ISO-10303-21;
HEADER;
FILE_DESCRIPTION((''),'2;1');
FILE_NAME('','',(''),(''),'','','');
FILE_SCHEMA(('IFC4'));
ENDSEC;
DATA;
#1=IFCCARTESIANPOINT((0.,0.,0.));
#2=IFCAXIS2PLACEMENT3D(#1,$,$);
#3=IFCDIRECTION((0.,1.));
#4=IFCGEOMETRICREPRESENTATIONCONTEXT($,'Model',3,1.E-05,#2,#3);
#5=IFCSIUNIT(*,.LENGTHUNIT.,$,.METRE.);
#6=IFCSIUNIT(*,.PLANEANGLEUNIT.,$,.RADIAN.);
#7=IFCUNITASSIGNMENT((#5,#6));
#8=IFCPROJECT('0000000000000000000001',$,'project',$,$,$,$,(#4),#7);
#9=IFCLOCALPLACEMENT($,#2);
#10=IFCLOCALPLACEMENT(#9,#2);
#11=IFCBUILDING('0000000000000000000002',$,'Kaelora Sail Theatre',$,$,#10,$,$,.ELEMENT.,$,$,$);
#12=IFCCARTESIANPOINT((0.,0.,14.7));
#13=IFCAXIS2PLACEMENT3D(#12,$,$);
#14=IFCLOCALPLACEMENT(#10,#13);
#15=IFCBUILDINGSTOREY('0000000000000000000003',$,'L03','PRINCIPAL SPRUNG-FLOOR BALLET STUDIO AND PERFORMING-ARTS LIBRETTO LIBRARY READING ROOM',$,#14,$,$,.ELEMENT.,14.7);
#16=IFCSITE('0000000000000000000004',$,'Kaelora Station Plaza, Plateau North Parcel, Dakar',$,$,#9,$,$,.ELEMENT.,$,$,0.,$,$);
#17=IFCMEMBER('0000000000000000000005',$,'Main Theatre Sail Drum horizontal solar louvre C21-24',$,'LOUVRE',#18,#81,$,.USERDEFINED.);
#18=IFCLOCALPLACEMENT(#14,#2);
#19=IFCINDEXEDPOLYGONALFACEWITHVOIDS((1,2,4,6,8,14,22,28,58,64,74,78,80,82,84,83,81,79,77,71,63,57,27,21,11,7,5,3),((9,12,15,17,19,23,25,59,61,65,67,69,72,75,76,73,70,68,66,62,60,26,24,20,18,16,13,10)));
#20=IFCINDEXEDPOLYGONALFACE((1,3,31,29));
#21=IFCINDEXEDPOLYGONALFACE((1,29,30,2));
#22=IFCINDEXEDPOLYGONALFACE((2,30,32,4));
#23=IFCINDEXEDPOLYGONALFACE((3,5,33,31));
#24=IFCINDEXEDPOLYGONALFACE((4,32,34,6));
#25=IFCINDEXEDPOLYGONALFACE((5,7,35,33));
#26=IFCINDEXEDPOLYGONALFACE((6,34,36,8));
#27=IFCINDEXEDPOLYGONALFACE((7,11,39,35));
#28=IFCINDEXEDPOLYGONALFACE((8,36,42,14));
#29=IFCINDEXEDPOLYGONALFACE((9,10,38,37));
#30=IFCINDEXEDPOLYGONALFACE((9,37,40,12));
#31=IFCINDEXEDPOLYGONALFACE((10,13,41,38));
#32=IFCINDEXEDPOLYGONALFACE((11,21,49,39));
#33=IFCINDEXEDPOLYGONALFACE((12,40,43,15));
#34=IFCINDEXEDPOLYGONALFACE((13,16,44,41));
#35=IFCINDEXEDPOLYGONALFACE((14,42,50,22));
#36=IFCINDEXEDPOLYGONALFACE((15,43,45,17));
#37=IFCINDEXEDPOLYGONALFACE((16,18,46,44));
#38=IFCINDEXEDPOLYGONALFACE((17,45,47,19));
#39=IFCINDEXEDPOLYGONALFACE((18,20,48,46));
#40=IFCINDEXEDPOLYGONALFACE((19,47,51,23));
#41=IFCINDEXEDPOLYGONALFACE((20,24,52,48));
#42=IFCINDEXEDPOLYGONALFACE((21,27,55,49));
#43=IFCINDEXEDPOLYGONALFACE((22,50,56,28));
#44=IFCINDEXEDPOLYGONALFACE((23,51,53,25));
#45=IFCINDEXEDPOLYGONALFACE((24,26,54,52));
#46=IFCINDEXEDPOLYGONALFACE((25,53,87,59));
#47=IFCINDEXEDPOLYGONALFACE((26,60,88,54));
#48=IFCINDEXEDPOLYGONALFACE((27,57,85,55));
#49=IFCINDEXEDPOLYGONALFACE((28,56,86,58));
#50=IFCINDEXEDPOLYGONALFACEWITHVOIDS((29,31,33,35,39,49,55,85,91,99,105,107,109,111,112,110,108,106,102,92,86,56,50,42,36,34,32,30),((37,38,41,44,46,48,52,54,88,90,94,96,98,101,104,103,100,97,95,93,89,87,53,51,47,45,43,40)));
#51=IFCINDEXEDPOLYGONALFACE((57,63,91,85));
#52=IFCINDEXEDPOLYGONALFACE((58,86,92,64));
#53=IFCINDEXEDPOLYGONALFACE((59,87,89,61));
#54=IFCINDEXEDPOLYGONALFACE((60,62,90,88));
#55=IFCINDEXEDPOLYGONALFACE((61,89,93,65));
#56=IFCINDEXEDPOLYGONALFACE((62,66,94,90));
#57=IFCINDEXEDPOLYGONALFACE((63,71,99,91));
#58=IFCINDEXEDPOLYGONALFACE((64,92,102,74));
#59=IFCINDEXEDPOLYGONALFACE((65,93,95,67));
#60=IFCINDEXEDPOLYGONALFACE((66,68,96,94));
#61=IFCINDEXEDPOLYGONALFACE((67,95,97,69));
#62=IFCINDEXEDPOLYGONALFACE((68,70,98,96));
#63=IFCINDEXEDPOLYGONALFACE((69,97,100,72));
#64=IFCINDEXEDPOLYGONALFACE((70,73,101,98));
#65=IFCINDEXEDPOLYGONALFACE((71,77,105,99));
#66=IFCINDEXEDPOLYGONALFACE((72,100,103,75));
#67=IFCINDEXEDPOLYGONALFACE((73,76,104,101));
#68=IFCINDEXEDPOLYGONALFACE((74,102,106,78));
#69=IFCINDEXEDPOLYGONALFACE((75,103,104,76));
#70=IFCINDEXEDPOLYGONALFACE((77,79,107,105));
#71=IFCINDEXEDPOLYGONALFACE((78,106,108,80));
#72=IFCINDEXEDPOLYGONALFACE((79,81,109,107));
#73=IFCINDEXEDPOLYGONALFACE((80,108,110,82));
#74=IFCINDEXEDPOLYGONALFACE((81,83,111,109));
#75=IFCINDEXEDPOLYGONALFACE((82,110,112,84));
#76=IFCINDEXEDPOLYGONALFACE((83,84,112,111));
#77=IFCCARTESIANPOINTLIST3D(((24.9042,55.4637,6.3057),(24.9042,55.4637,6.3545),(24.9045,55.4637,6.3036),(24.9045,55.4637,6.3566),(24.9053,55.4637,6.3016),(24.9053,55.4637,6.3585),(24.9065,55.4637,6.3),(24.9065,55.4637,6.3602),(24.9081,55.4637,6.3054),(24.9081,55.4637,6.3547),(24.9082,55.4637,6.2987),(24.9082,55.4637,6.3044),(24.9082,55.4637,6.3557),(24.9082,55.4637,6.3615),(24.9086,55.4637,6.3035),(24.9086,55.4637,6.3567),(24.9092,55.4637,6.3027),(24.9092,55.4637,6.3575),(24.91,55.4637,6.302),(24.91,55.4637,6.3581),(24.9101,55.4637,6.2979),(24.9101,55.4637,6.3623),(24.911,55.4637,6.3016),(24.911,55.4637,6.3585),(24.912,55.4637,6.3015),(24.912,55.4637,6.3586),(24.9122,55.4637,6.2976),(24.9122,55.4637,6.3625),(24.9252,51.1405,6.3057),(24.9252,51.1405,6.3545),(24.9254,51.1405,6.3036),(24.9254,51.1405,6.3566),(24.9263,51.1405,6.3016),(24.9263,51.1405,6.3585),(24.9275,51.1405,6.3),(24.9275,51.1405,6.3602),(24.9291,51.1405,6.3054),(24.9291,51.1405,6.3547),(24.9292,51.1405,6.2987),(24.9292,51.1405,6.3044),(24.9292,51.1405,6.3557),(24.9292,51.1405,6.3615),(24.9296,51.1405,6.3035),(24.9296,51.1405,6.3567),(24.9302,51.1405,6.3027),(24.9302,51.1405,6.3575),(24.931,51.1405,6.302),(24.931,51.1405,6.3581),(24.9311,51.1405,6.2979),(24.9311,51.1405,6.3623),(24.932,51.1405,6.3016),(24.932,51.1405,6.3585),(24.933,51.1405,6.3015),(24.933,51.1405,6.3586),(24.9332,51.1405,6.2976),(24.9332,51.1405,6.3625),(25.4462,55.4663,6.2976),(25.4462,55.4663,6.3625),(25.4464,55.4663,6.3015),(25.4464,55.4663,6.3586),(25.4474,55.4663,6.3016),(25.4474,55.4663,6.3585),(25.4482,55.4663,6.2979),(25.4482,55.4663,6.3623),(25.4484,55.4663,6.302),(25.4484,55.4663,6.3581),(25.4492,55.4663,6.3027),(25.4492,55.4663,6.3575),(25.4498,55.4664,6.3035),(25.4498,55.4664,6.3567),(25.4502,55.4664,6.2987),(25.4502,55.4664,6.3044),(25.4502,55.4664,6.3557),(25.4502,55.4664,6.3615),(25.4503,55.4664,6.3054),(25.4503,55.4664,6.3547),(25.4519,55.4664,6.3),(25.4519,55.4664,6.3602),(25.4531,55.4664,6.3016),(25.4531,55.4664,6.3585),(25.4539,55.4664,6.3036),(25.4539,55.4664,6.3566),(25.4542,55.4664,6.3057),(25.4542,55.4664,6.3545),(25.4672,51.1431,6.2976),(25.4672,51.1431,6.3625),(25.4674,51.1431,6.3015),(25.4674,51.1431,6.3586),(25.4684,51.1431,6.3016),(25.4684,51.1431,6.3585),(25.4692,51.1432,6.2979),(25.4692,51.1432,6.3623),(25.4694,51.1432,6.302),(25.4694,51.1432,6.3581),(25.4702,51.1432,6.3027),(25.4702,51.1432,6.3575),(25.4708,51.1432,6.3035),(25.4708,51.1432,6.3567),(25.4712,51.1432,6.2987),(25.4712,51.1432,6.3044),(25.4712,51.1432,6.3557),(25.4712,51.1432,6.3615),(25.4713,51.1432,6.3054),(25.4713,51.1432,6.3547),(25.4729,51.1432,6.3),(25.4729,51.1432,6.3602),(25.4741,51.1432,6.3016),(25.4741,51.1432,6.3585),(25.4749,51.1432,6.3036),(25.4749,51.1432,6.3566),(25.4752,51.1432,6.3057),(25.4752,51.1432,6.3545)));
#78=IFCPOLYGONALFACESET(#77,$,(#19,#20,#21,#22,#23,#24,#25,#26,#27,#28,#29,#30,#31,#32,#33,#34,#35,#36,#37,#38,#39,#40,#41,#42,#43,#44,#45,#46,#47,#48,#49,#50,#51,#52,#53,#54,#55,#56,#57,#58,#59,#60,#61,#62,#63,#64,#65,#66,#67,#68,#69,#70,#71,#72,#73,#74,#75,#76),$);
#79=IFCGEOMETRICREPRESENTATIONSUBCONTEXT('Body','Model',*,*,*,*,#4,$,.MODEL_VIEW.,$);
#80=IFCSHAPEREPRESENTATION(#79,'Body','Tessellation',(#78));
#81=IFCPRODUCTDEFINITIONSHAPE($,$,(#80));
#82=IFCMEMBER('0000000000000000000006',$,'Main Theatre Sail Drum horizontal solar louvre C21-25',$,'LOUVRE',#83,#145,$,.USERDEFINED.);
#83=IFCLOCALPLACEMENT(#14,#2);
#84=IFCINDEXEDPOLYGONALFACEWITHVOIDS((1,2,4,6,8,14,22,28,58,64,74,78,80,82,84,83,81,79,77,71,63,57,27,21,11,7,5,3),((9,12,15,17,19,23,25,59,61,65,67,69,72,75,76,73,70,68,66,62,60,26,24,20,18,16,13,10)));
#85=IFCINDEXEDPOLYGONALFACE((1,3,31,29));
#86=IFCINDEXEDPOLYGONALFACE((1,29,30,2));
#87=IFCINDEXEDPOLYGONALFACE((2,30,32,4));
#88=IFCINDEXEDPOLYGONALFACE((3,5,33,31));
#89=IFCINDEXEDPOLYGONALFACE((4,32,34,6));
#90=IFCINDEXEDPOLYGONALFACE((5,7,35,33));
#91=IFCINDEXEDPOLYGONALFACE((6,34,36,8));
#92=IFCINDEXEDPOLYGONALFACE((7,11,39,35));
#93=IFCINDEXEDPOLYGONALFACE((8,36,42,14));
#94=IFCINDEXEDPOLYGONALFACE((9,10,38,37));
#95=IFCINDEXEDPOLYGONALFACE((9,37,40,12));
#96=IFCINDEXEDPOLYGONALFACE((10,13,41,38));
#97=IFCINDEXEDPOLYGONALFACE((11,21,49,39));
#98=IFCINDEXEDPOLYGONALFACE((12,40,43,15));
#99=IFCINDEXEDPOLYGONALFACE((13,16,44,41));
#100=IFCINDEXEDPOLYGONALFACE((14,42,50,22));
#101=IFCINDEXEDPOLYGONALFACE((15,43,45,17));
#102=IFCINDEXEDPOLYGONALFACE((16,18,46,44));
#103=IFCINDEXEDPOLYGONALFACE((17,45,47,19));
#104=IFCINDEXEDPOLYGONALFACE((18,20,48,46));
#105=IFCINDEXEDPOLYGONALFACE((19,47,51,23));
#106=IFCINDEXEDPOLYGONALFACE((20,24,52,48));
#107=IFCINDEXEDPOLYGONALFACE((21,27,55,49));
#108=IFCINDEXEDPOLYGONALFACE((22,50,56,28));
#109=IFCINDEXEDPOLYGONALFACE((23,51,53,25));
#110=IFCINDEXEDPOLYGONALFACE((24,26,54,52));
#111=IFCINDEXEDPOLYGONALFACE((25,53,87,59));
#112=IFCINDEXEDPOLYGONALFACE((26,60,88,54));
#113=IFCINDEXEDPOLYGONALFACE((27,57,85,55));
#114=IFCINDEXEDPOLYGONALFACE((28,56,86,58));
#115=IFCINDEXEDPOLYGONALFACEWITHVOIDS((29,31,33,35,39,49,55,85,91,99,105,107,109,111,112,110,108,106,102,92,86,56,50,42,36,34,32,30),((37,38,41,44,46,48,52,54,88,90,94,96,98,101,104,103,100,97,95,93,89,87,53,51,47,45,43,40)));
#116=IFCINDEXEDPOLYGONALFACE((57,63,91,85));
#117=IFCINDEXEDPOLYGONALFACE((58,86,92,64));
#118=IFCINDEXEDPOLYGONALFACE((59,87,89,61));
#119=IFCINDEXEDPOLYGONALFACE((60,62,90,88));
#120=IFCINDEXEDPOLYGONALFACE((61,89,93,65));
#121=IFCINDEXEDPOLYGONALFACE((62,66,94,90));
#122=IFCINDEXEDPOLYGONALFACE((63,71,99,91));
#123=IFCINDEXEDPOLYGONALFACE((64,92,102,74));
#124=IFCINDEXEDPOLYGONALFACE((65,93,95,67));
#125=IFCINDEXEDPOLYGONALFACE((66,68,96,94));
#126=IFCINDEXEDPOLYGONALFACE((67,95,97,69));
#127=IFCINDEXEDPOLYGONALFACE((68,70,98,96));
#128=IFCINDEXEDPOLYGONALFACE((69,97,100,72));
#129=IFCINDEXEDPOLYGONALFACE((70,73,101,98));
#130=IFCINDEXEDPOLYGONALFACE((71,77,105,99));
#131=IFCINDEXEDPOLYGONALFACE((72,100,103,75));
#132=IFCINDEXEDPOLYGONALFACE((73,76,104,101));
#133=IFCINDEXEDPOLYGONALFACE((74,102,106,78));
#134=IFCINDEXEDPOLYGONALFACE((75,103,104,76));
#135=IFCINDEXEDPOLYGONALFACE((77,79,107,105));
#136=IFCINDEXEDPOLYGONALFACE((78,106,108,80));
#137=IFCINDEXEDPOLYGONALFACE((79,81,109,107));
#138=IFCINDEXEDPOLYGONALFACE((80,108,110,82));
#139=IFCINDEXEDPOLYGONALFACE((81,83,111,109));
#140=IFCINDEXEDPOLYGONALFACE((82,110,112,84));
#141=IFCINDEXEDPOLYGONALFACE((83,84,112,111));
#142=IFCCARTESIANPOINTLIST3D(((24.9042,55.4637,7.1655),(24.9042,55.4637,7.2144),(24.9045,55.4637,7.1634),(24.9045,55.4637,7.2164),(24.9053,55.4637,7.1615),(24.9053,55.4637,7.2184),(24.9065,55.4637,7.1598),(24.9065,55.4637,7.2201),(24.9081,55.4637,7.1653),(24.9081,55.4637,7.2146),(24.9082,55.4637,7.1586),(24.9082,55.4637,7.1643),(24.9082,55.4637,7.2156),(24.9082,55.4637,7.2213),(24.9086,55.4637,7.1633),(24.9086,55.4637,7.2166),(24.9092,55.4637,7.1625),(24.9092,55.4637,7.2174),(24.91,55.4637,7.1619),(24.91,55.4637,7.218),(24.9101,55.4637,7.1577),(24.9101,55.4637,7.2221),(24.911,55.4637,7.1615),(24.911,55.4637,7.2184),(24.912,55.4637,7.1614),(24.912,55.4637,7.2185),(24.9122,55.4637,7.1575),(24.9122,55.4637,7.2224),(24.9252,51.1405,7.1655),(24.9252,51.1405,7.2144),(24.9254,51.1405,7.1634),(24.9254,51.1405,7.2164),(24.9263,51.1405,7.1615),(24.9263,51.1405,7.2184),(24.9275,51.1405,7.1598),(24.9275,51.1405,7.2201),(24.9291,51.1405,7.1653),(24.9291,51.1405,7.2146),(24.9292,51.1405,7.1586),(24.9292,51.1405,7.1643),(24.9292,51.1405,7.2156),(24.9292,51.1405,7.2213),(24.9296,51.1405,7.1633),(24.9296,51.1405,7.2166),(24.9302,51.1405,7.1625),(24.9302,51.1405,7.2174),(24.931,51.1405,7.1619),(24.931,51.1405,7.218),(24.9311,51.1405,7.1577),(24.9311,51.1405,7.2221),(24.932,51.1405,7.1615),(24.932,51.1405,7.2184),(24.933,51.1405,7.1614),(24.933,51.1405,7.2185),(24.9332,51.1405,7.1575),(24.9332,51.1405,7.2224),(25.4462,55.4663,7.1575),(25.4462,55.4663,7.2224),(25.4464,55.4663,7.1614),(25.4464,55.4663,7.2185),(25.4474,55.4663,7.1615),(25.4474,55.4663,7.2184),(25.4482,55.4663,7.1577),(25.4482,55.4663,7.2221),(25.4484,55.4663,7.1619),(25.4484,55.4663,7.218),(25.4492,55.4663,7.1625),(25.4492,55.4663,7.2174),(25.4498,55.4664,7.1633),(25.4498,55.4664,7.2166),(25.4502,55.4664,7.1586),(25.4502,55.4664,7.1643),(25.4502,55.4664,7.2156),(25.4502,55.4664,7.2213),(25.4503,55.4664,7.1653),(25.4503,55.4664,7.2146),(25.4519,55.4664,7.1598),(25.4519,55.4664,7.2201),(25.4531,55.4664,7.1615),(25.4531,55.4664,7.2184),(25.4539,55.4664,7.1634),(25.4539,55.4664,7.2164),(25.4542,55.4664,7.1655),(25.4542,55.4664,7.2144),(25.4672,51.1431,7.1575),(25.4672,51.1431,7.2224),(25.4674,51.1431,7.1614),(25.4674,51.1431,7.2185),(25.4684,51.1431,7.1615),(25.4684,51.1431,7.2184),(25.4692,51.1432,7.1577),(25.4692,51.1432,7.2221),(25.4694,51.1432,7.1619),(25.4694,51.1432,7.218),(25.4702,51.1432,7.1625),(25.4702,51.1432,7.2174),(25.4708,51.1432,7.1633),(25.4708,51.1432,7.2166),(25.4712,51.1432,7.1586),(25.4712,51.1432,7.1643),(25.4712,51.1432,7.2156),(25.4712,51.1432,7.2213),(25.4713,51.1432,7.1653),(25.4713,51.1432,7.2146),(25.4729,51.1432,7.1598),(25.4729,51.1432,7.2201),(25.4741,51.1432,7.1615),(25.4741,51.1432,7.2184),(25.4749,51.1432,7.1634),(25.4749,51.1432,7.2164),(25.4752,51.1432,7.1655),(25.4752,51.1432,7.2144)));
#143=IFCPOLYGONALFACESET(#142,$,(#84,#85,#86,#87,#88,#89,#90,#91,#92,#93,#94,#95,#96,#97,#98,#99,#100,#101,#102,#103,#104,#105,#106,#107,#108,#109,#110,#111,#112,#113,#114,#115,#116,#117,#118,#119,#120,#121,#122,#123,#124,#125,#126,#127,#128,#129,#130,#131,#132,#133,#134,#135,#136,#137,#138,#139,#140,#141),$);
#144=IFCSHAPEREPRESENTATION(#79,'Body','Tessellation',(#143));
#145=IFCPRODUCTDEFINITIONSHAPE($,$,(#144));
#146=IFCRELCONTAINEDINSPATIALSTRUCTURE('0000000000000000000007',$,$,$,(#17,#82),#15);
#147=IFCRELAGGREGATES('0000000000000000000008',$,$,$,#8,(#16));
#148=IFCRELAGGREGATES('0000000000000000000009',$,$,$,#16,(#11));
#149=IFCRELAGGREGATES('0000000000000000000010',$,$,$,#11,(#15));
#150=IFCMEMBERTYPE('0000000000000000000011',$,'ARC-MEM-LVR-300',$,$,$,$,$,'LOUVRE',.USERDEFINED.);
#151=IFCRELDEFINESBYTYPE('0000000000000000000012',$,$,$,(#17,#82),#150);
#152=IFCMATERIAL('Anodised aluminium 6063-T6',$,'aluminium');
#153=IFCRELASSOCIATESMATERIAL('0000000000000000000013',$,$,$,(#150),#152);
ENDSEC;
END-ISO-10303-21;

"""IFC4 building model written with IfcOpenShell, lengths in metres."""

from ifc_helpers import new_model, si_unit, direction, frame, origin, origin_2d, place, context, subcontext, project, spatial, hollow_rectangle, extrude, material, material_profile, profile_set, type_object, element, save


model = new_model("IFC4")

# Units and contexts
model_context = context("Model", 3, precision=1e-05, world=origin(), true_north=direction((0.0, 1.0)))
body_context = subcontext(model_context, "Body", "Model", "MODEL_VIEW")
ifc_project = project(units=[si_unit("LENGTHUNIT", "METRE"), si_unit("PLANEANGLEUNIT", "RADIAN")], contexts=[model_context])

# Site, building, storey
site_placement = place(None, origin())
site = spatial("IfcSite", under=ifc_project, at=site_placement, Name="Kaelora Station Plaza, Plateau North Parcel, Dakar", CompositionType="ELEMENT", RefElevation=0.0)
building_placement = place(site_placement, origin())
building = spatial("IfcBuilding", under=site, at=building_placement, Name="Kaelora Sail Theatre", CompositionType="ELEMENT")
storey_placement = place(building_placement, frame((0.0, 0.0, 14.7)))
storey = spatial("IfcBuildingStorey", under=building, at=storey_placement, Name="L03", Description="PRINCIPAL SPRUNG-FLOOR BALLET STUDIO AND PERFORMING-ARTS LIBRETTO LIBRARY READING ROOM", CompositionType="ELEMENT", Elevation=14.7)

# Members
ifc_material_1 = material(Name="Anodised aluminium 6063-T6", Category="aluminium")
ifc_material_profile_1 = material_profile(ifc_material_1, hollow_rectangle(XDim=0.55, YDim=0.0649, WallThickness=0.0039, InnerFilletRadius=0.0039, OuterFilletRadius=0.0081, at=origin_2d()), Name="LOUVRE 550x65x4")
ifc_profile_set_1 = profile_set([ifc_material_profile_1], Name="Anodised aluminium 6063-T6")
member_type = type_object("IfcMemberType", Name="ARC-MEM-LVR-300", ElementType="LOUVRE", PredefinedType="USERDEFINED", material=ifc_profile_set_1)
for number, where, z_axis, x_axis, name in (
    (1, (25.2002, 51.1418, 6.3301), (-0.004857, 0.999988, 0.0), (-0.999988, -0.004857, 0.0), "Main Theatre Sail Drum horizontal solar louvre C21-24"),
    (2, (25.2002, 51.1418, 7.1899), (-0.004857, 0.999988, 0.0), (-0.999988, -0.004857, 0.0), "Main Theatre Sail Drum horizontal solar louvre C21-25"),
):
    element("IfcMember", number, at=place(storey_placement, frame(where, z_axis=z_axis, x_axis=x_axis)), inside=storey, type_object=member_type, Name=name, ObjectType="LOUVRE", PredefinedType="USERDEFINED", context=body_context, shape_type="SweptSolid", body=[
        extrude(hollow_rectangle(XDim=0.55, YDim=0.0649, WallThickness=0.0039, InnerFilletRadius=0.0039, OuterFilletRadius=0.0081, at=origin_2d()), origin(), (0.0, 0.0, 1.0), 4.3232),
    ])

save(model, "model.ifc")
